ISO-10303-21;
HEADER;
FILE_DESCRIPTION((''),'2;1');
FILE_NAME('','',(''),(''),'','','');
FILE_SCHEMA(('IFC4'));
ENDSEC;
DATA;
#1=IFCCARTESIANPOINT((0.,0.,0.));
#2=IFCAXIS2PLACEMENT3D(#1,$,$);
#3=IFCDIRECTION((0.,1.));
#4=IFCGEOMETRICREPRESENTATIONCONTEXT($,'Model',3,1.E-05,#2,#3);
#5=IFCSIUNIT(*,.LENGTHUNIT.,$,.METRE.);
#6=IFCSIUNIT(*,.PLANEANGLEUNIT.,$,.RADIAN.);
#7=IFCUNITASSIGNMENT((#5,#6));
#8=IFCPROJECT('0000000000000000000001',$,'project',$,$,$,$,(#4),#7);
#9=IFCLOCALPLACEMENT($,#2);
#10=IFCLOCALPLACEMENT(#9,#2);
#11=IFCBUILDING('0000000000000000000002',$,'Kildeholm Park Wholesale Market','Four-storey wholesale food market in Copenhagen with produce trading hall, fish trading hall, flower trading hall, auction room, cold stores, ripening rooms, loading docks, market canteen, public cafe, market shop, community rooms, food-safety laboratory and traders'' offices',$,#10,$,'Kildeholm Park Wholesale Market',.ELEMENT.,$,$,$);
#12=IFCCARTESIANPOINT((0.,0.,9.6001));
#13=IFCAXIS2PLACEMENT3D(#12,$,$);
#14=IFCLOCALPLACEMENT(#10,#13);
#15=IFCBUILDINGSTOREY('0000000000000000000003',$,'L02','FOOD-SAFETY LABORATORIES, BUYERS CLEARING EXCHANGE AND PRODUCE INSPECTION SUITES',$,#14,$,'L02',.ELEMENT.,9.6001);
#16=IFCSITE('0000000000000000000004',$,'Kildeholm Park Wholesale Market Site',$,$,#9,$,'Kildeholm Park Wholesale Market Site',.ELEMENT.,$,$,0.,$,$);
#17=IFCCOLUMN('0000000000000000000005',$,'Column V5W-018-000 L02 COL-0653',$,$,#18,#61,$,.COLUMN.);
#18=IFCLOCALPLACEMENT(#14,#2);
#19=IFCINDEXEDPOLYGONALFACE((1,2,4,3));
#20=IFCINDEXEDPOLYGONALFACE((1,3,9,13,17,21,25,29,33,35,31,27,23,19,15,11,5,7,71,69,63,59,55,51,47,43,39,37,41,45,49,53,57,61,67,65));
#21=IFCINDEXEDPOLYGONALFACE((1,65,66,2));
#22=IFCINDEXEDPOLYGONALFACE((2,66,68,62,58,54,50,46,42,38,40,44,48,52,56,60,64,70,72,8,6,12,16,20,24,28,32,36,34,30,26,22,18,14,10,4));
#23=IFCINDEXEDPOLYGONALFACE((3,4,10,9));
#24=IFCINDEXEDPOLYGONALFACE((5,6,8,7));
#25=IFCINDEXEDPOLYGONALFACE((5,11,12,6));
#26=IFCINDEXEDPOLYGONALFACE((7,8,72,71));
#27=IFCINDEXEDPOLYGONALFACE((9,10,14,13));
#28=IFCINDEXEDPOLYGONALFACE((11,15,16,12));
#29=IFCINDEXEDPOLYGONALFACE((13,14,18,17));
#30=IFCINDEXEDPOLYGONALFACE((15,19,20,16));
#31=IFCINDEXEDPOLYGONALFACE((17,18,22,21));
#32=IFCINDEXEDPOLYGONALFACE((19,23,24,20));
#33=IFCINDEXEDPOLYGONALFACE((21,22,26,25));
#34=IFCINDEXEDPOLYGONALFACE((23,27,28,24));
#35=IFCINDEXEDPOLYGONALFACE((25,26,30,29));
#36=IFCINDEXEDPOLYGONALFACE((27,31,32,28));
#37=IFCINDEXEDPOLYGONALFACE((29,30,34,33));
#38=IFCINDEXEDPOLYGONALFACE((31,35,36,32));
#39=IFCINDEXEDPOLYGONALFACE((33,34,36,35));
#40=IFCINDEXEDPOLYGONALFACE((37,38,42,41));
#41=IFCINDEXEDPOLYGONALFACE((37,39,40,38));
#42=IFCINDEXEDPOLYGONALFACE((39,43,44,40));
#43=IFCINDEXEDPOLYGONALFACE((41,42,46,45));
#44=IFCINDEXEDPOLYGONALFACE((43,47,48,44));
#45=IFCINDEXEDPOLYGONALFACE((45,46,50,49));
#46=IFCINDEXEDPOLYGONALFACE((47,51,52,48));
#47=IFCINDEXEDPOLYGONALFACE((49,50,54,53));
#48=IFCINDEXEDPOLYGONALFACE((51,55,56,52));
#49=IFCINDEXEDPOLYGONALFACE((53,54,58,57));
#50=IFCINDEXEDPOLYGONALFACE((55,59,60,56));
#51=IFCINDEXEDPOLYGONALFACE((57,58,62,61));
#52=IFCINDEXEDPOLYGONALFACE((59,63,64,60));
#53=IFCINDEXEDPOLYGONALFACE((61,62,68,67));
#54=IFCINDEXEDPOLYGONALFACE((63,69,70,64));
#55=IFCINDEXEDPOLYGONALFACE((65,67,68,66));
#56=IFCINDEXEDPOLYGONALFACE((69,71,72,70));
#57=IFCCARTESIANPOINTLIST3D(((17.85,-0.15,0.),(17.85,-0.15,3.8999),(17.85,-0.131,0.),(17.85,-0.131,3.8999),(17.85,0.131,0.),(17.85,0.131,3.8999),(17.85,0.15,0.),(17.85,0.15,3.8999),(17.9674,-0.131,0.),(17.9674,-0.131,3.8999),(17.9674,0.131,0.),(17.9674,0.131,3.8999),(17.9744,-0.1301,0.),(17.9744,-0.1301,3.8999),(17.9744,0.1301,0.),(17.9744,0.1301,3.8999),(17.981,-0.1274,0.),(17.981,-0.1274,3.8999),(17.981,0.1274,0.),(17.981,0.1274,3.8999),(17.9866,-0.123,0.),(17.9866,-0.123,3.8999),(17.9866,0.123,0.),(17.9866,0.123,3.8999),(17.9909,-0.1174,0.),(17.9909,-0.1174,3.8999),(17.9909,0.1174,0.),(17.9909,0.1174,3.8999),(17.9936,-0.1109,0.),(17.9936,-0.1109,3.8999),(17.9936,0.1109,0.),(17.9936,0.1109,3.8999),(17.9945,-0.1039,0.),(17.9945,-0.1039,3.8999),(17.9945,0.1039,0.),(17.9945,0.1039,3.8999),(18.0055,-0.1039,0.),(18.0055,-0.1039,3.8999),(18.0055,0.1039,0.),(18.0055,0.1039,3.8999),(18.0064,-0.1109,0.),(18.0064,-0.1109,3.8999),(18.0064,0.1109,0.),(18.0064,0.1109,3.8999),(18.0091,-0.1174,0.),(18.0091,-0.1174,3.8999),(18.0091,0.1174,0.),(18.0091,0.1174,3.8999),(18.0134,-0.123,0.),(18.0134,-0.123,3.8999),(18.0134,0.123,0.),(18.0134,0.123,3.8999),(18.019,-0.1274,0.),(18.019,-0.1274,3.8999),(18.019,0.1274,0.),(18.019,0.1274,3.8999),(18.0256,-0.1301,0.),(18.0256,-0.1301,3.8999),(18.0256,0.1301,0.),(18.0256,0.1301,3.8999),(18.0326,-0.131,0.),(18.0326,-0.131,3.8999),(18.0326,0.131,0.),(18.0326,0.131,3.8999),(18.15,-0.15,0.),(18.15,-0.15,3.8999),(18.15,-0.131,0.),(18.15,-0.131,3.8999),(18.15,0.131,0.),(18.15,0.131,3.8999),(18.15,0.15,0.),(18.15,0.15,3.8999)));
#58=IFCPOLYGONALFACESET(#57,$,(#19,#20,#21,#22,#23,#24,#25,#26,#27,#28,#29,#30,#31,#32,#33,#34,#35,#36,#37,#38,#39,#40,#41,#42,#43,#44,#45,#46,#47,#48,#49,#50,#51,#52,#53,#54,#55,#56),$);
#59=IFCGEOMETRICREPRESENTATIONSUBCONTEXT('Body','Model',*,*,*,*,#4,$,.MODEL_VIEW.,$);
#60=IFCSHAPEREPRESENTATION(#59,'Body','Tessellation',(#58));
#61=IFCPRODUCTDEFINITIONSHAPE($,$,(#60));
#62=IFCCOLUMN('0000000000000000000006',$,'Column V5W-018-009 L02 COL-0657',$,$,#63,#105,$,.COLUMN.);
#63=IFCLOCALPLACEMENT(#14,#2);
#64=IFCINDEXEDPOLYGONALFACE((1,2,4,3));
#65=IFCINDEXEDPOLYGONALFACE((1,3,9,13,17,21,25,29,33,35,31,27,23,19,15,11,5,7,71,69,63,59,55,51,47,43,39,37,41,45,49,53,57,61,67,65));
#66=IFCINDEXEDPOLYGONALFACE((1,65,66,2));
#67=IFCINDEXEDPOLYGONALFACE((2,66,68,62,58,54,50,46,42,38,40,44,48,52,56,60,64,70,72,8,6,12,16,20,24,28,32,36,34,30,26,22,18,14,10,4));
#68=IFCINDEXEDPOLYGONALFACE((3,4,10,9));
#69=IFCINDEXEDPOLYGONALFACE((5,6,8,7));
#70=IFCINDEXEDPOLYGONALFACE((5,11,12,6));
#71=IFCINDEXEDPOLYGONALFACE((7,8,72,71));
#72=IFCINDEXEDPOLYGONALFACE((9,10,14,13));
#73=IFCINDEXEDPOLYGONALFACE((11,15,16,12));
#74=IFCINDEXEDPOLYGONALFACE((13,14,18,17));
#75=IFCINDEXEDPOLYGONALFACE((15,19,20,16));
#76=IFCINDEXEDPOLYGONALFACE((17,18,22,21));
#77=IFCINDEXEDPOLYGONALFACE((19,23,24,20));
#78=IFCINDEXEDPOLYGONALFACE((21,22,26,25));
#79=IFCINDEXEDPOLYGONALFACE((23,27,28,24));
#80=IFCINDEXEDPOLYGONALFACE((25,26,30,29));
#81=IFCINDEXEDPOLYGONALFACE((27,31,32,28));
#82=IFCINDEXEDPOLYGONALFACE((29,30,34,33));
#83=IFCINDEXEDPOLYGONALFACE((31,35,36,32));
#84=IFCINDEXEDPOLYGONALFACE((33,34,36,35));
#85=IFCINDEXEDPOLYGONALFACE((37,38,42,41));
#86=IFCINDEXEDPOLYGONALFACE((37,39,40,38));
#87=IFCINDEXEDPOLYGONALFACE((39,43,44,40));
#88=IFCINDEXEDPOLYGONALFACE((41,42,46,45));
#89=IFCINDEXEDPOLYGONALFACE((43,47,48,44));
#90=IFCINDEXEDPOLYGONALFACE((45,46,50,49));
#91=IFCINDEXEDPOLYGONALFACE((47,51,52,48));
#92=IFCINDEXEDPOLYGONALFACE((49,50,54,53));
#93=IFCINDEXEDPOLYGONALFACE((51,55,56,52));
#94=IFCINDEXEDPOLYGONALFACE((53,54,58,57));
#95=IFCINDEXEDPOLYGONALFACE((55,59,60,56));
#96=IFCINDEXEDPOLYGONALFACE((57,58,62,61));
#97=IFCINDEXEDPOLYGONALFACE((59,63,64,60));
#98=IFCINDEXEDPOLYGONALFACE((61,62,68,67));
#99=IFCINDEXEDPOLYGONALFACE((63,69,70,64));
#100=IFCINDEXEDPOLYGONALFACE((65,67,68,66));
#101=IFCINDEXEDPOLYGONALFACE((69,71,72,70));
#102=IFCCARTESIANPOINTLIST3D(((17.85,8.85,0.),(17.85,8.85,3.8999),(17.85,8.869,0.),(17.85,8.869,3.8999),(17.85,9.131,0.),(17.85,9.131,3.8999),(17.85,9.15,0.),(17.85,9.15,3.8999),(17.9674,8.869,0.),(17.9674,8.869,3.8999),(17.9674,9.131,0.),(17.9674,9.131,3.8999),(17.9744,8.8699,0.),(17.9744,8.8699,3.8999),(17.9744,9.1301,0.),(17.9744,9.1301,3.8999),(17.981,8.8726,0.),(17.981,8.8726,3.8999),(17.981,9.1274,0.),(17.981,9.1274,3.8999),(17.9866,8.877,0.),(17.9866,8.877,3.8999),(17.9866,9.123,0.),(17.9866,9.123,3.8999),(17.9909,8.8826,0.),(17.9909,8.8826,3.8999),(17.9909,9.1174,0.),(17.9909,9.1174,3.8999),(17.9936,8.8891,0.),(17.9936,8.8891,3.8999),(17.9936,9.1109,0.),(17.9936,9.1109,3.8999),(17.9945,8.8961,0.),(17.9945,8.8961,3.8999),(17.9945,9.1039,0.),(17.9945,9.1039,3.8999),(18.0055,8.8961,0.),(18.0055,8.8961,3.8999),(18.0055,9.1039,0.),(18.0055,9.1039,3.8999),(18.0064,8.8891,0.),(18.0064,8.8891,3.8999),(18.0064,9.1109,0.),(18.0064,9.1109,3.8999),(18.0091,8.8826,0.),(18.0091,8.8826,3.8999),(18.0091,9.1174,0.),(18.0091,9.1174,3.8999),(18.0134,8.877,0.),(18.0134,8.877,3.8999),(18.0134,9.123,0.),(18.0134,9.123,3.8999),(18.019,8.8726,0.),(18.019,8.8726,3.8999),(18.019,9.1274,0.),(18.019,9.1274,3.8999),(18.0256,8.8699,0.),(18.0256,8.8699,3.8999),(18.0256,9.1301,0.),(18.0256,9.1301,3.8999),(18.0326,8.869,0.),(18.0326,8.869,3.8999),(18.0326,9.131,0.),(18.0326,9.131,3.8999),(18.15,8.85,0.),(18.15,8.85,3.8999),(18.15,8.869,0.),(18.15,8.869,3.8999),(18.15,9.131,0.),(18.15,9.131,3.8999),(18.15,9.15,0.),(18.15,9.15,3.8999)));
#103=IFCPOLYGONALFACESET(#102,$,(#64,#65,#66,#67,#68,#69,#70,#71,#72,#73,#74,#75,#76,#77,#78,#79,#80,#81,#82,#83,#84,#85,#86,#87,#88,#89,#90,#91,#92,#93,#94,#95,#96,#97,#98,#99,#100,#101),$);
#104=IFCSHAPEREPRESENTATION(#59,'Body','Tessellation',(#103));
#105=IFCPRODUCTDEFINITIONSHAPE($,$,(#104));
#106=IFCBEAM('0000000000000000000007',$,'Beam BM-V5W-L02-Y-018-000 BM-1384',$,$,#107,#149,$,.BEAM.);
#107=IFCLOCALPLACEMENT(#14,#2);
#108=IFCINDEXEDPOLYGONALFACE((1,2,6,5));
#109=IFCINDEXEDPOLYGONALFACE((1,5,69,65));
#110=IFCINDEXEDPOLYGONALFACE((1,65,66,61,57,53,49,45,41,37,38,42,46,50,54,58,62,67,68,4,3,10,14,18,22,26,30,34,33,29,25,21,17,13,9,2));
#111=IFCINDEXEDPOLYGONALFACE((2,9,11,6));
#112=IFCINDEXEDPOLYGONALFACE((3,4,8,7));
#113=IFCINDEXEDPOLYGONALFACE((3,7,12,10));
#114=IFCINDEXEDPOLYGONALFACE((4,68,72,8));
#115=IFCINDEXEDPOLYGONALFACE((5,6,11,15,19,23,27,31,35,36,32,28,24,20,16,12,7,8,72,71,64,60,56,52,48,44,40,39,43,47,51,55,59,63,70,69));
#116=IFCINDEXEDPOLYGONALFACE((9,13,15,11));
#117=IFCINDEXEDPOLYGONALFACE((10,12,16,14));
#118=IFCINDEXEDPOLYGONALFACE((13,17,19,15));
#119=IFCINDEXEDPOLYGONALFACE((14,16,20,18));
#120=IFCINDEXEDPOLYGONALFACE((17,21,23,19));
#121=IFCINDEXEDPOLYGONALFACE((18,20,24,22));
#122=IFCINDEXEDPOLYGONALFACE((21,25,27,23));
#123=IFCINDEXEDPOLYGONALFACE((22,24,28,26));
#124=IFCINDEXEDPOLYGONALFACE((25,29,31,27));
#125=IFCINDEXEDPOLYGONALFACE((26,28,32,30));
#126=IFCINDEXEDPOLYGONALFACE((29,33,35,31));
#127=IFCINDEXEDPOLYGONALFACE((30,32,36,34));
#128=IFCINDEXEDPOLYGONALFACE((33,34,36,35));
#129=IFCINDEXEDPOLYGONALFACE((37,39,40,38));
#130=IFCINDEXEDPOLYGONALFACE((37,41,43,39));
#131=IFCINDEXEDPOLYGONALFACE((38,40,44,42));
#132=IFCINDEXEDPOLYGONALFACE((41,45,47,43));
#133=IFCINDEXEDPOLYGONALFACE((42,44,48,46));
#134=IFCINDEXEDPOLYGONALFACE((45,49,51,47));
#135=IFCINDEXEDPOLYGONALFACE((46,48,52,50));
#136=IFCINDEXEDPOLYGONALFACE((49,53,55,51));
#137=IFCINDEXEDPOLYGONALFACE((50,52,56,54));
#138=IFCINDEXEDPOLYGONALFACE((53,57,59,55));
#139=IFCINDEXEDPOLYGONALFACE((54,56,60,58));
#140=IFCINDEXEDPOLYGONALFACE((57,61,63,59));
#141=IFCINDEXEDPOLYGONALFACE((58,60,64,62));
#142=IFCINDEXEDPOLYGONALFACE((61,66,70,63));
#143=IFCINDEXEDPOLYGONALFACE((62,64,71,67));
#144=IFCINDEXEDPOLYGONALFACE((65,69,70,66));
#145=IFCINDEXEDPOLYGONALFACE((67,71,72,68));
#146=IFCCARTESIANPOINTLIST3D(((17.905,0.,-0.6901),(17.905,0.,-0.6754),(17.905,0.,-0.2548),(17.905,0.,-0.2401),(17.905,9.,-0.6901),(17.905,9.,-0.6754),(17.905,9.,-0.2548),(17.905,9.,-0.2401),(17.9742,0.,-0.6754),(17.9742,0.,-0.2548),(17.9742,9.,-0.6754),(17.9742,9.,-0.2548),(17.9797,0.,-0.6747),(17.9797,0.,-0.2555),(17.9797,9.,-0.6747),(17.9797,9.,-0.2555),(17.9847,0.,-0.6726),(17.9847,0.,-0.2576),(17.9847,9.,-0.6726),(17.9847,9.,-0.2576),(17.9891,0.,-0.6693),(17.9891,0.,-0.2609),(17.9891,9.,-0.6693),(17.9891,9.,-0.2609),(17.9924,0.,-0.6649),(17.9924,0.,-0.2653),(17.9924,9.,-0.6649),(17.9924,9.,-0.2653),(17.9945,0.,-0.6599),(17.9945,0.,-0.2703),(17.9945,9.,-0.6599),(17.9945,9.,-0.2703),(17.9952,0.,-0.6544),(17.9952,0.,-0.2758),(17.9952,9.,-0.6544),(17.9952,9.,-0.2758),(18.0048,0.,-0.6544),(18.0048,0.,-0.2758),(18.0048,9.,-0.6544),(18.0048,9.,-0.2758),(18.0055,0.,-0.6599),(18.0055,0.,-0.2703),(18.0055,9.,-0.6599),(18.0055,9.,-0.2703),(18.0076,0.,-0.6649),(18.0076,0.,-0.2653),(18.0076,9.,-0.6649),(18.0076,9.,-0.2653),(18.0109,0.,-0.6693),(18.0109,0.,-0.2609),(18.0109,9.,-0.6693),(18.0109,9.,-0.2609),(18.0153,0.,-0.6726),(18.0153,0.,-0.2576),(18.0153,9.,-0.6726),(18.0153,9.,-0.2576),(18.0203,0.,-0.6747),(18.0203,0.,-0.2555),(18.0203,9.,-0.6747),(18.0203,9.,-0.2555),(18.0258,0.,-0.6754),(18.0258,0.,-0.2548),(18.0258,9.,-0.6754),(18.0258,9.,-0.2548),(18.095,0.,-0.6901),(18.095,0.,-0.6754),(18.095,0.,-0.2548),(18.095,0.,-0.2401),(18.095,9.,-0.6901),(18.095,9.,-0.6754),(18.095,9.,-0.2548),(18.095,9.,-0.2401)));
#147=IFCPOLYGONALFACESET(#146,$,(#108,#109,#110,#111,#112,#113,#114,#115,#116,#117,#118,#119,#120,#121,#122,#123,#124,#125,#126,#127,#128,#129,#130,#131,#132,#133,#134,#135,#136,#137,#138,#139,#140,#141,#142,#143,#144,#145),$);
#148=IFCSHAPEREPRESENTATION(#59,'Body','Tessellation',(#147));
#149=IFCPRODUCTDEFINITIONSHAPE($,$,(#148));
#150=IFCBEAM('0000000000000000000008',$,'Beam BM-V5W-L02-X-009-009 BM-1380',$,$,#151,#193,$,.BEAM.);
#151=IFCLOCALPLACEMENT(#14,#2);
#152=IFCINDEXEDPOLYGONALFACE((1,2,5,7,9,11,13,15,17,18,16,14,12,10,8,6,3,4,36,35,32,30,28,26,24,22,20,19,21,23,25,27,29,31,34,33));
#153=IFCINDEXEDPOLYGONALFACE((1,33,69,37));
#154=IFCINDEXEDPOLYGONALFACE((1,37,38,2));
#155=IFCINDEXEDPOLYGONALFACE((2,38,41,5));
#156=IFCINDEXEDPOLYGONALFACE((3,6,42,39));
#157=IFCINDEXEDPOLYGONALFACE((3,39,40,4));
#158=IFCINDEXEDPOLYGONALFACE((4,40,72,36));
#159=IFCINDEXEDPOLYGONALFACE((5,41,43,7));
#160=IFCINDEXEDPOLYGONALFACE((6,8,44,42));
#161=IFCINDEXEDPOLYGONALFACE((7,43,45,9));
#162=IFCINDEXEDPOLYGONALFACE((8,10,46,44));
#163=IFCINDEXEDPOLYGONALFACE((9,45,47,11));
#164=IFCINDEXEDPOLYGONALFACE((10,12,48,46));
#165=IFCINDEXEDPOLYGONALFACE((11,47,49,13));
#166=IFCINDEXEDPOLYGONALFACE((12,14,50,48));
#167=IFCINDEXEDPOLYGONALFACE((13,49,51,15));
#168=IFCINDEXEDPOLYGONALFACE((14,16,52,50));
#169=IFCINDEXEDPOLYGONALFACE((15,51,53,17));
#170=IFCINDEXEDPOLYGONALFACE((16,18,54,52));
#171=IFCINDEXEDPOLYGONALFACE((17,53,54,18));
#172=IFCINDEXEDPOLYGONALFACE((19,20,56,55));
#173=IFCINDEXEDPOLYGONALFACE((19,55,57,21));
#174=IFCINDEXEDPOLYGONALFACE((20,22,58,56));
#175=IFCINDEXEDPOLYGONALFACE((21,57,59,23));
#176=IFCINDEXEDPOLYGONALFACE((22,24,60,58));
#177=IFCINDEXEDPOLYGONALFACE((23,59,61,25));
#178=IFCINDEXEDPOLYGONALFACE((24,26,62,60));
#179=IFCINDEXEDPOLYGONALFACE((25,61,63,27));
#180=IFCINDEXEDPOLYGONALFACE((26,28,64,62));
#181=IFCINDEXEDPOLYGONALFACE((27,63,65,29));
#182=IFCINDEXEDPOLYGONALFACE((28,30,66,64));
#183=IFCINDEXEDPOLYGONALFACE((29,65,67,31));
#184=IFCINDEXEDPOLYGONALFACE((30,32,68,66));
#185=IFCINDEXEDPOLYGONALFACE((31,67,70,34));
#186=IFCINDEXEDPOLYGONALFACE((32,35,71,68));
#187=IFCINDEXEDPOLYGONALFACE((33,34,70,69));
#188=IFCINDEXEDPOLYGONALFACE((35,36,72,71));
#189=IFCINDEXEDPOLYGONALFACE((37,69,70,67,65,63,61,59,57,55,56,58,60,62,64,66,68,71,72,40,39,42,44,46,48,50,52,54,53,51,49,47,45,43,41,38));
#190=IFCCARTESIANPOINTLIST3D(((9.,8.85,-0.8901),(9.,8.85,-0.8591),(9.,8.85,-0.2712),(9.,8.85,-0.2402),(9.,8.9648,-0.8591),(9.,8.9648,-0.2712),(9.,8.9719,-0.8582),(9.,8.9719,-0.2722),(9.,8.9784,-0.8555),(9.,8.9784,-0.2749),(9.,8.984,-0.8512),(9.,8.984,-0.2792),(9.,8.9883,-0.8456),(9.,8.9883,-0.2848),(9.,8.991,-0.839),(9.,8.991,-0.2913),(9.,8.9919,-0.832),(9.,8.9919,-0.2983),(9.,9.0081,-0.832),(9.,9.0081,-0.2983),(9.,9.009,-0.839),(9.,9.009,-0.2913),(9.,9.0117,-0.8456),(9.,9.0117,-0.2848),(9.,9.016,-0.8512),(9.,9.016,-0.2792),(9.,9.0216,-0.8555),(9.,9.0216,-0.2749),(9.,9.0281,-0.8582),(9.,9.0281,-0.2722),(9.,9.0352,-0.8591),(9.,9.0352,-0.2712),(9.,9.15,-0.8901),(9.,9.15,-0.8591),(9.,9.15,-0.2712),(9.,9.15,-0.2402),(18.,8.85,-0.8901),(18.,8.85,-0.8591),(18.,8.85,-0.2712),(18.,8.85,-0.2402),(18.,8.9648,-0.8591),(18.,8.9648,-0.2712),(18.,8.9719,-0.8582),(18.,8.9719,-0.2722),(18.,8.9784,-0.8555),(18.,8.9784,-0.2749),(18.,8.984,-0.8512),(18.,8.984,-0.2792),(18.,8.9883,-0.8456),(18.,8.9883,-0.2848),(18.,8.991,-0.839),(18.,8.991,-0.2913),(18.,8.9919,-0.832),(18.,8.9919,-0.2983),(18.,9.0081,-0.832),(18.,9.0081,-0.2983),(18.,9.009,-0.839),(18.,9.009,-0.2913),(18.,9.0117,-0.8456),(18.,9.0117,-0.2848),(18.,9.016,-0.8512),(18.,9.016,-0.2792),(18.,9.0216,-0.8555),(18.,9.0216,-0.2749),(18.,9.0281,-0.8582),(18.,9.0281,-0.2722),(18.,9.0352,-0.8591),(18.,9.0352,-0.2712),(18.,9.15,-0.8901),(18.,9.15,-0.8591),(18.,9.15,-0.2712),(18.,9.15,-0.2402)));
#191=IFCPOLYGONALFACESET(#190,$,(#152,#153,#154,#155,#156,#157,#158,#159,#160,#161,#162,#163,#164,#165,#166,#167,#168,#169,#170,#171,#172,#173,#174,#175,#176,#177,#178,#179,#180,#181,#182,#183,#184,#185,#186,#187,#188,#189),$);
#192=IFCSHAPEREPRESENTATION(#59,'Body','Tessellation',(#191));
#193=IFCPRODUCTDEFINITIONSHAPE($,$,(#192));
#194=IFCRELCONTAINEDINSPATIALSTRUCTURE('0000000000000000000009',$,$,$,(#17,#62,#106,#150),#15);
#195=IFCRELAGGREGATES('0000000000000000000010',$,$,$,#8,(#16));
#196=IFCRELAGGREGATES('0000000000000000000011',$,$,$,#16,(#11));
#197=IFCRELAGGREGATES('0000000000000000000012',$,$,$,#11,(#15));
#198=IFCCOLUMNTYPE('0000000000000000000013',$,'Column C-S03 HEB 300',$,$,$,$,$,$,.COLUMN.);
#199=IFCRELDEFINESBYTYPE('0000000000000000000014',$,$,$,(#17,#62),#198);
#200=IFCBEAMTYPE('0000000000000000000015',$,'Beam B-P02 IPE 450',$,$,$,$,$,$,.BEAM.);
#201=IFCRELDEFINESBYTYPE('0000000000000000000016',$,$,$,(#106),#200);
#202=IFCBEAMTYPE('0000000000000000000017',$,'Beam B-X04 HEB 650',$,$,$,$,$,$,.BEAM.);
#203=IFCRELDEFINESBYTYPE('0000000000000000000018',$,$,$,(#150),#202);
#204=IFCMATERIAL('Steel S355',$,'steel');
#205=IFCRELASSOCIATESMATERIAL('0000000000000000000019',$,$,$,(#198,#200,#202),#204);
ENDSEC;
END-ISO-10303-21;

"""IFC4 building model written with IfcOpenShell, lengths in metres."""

from ifc_helpers import new_model, si_unit, direction, frame, origin, origin_2d, place, context, subcontext, project, spatial, i_section, extrude, material, material_profile, profile_set, type_object, element, save


model = new_model("IFC4")

# Units and contexts
model_context = context("Model", 3, precision=1e-05, world=origin(), true_north=direction((0.0, 1.0)))
body_context = subcontext(model_context, "Body", "Model", "MODEL_VIEW")
ifc_project = project(units=[si_unit("LENGTHUNIT", "METRE"), si_unit("PLANEANGLEUNIT", "RADIAN")], contexts=[model_context])

# Site, building, storey
site_placement = place(None, origin())
site = spatial("IfcSite", under=ifc_project, at=site_placement, Name="Kildeholm Park Wholesale Market Site", LongName="Kildeholm Park Wholesale Market Site", CompositionType="ELEMENT", RefElevation=0.0)
building_placement = place(site_placement, origin())
building = spatial("IfcBuilding", under=site, at=building_placement, Name="Kildeholm Park Wholesale Market", Description="Four-storey wholesale food market in Copenhagen with produce trading hall, fish trading hall, flower trading hall, auction room, cold stores, ripening rooms, loading docks, market canteen, public cafe, market shop, community rooms, food-safety laboratory and traders' offices", LongName="Kildeholm Park Wholesale Market", CompositionType="ELEMENT")
storey_placement = place(building_placement, frame((0.0, 0.0, 9.6001)))
storey = spatial("IfcBuildingStorey", under=building, at=storey_placement, Name="L02", Description="FOOD-SAFETY LABORATORIES, BUYERS CLEARING EXCHANGE AND PRODUCE INSPECTION SUITES", LongName="L02", CompositionType="ELEMENT", Elevation=9.6001)

# Columns
ifc_material_1 = material(Name="Steel S355", Category="steel")
ifc_material_profile_1 = material_profile(ifc_material_1, i_section(OverallWidth=0.3, OverallDepth=0.3, WebThickness=0.011, FlangeThickness=0.019, FilletRadius=0.0271, at=origin_2d()), Name="HEB 300")
ifc_profile_set_1 = profile_set([ifc_material_profile_1], Name="Steel S355")
column_type = type_object("IfcColumnType", Name="Column C-S03 HEB 300", PredefinedType="COLUMN", material=ifc_profile_set_1)
for number, where, z_axis, x_axis, name in (
    (1, (18.0, 0.0, 0.0), (0.0, 0.0, 1.0), (1.0, 0.0, 0.0), "Column V5W-018-000 L02 COL-0653"),
    (2, (18.0, 9.0, 0.0), (0.0, 0.0, 1.0), (1.0, 0.0, 0.0), "Column V5W-018-009 L02 COL-0657"),
):
    element("IfcColumn", number, at=place(storey_placement, frame(where, z_axis=z_axis, x_axis=x_axis)), inside=storey, type_object=column_type, Name=name, PredefinedType="COLUMN", context=body_context, shape_type="SweptSolid", body=[
        extrude(i_section(OverallWidth=0.3, OverallDepth=0.3, WebThickness=0.011, FlangeThickness=0.019, FilletRadius=0.0271, at=origin_2d()), origin(), (0.0, 0.0, 1.0), 3.8999),
    ])

# Beams
ifc_material_profile_2 = material_profile(ifc_material_1, i_section(OverallWidth=0.1899, OverallDepth=0.45, WebThickness=0.0095, FlangeThickness=0.0146, FilletRadius=0.021, at=origin_2d()), Name="IPE 450")
ifc_profile_set_2 = profile_set([ifc_material_profile_2], Name="Steel S355")
beam_type_1 = type_object("IfcBeamType", Name="Beam B-P02 IPE 450", PredefinedType="BEAM", material=ifc_profile_set_2)
beam_1_placement = place(storey_placement, frame((18.0, 0.0, -0.4651), z_axis=(0.0, 1.0, 0.0), x_axis=(-1.0, 0.0, 0.0)))
element("IfcBeam", 3, at=beam_1_placement, inside=storey, type_object=beam_type_1, Name="Beam BM-V5W-L02-Y-018-000 BM-1384", PredefinedType="BEAM", context=body_context, shape_type="SweptSolid", body=[
    extrude(i_section(OverallWidth=0.1899, OverallDepth=0.45, WebThickness=0.0095, FlangeThickness=0.0146, FilletRadius=0.021, at=origin_2d()), origin(), (0.0, 0.0, 1.0), 9.0),
])
ifc_material_profile_3 = material_profile(ifc_material_1, i_section(OverallWidth=0.3, OverallDepth=0.6499, WebThickness=0.0161, FlangeThickness=0.031, FilletRadius=0.0271, at=origin_2d()), Name="HEB 650")
ifc_profile_set_3 = profile_set([ifc_material_profile_3], Name="Steel S355")
beam_type_2 = type_object("IfcBeamType", Name="Beam B-X04 HEB 650", PredefinedType="BEAM", material=ifc_profile_set_3)
beam_2_placement = place(storey_placement, frame((9.0, 9.0, -0.5652), z_axis=(1.0, 0.0, 0.0), x_axis=(0.0, 1.0, 0.0)))
element("IfcBeam", 4, at=beam_2_placement, inside=storey, type_object=beam_type_2, Name="Beam BM-V5W-L02-X-009-009 BM-1380", PredefinedType="BEAM", context=body_context, shape_type="SweptSolid", body=[
    extrude(i_section(OverallWidth=0.3, OverallDepth=0.6499, WebThickness=0.0161, FlangeThickness=0.031, FilletRadius=0.0271, at=origin_2d()), origin(), (0.0, 0.0, 1.0), 9.0),
])

save(model, "model.ifc")
